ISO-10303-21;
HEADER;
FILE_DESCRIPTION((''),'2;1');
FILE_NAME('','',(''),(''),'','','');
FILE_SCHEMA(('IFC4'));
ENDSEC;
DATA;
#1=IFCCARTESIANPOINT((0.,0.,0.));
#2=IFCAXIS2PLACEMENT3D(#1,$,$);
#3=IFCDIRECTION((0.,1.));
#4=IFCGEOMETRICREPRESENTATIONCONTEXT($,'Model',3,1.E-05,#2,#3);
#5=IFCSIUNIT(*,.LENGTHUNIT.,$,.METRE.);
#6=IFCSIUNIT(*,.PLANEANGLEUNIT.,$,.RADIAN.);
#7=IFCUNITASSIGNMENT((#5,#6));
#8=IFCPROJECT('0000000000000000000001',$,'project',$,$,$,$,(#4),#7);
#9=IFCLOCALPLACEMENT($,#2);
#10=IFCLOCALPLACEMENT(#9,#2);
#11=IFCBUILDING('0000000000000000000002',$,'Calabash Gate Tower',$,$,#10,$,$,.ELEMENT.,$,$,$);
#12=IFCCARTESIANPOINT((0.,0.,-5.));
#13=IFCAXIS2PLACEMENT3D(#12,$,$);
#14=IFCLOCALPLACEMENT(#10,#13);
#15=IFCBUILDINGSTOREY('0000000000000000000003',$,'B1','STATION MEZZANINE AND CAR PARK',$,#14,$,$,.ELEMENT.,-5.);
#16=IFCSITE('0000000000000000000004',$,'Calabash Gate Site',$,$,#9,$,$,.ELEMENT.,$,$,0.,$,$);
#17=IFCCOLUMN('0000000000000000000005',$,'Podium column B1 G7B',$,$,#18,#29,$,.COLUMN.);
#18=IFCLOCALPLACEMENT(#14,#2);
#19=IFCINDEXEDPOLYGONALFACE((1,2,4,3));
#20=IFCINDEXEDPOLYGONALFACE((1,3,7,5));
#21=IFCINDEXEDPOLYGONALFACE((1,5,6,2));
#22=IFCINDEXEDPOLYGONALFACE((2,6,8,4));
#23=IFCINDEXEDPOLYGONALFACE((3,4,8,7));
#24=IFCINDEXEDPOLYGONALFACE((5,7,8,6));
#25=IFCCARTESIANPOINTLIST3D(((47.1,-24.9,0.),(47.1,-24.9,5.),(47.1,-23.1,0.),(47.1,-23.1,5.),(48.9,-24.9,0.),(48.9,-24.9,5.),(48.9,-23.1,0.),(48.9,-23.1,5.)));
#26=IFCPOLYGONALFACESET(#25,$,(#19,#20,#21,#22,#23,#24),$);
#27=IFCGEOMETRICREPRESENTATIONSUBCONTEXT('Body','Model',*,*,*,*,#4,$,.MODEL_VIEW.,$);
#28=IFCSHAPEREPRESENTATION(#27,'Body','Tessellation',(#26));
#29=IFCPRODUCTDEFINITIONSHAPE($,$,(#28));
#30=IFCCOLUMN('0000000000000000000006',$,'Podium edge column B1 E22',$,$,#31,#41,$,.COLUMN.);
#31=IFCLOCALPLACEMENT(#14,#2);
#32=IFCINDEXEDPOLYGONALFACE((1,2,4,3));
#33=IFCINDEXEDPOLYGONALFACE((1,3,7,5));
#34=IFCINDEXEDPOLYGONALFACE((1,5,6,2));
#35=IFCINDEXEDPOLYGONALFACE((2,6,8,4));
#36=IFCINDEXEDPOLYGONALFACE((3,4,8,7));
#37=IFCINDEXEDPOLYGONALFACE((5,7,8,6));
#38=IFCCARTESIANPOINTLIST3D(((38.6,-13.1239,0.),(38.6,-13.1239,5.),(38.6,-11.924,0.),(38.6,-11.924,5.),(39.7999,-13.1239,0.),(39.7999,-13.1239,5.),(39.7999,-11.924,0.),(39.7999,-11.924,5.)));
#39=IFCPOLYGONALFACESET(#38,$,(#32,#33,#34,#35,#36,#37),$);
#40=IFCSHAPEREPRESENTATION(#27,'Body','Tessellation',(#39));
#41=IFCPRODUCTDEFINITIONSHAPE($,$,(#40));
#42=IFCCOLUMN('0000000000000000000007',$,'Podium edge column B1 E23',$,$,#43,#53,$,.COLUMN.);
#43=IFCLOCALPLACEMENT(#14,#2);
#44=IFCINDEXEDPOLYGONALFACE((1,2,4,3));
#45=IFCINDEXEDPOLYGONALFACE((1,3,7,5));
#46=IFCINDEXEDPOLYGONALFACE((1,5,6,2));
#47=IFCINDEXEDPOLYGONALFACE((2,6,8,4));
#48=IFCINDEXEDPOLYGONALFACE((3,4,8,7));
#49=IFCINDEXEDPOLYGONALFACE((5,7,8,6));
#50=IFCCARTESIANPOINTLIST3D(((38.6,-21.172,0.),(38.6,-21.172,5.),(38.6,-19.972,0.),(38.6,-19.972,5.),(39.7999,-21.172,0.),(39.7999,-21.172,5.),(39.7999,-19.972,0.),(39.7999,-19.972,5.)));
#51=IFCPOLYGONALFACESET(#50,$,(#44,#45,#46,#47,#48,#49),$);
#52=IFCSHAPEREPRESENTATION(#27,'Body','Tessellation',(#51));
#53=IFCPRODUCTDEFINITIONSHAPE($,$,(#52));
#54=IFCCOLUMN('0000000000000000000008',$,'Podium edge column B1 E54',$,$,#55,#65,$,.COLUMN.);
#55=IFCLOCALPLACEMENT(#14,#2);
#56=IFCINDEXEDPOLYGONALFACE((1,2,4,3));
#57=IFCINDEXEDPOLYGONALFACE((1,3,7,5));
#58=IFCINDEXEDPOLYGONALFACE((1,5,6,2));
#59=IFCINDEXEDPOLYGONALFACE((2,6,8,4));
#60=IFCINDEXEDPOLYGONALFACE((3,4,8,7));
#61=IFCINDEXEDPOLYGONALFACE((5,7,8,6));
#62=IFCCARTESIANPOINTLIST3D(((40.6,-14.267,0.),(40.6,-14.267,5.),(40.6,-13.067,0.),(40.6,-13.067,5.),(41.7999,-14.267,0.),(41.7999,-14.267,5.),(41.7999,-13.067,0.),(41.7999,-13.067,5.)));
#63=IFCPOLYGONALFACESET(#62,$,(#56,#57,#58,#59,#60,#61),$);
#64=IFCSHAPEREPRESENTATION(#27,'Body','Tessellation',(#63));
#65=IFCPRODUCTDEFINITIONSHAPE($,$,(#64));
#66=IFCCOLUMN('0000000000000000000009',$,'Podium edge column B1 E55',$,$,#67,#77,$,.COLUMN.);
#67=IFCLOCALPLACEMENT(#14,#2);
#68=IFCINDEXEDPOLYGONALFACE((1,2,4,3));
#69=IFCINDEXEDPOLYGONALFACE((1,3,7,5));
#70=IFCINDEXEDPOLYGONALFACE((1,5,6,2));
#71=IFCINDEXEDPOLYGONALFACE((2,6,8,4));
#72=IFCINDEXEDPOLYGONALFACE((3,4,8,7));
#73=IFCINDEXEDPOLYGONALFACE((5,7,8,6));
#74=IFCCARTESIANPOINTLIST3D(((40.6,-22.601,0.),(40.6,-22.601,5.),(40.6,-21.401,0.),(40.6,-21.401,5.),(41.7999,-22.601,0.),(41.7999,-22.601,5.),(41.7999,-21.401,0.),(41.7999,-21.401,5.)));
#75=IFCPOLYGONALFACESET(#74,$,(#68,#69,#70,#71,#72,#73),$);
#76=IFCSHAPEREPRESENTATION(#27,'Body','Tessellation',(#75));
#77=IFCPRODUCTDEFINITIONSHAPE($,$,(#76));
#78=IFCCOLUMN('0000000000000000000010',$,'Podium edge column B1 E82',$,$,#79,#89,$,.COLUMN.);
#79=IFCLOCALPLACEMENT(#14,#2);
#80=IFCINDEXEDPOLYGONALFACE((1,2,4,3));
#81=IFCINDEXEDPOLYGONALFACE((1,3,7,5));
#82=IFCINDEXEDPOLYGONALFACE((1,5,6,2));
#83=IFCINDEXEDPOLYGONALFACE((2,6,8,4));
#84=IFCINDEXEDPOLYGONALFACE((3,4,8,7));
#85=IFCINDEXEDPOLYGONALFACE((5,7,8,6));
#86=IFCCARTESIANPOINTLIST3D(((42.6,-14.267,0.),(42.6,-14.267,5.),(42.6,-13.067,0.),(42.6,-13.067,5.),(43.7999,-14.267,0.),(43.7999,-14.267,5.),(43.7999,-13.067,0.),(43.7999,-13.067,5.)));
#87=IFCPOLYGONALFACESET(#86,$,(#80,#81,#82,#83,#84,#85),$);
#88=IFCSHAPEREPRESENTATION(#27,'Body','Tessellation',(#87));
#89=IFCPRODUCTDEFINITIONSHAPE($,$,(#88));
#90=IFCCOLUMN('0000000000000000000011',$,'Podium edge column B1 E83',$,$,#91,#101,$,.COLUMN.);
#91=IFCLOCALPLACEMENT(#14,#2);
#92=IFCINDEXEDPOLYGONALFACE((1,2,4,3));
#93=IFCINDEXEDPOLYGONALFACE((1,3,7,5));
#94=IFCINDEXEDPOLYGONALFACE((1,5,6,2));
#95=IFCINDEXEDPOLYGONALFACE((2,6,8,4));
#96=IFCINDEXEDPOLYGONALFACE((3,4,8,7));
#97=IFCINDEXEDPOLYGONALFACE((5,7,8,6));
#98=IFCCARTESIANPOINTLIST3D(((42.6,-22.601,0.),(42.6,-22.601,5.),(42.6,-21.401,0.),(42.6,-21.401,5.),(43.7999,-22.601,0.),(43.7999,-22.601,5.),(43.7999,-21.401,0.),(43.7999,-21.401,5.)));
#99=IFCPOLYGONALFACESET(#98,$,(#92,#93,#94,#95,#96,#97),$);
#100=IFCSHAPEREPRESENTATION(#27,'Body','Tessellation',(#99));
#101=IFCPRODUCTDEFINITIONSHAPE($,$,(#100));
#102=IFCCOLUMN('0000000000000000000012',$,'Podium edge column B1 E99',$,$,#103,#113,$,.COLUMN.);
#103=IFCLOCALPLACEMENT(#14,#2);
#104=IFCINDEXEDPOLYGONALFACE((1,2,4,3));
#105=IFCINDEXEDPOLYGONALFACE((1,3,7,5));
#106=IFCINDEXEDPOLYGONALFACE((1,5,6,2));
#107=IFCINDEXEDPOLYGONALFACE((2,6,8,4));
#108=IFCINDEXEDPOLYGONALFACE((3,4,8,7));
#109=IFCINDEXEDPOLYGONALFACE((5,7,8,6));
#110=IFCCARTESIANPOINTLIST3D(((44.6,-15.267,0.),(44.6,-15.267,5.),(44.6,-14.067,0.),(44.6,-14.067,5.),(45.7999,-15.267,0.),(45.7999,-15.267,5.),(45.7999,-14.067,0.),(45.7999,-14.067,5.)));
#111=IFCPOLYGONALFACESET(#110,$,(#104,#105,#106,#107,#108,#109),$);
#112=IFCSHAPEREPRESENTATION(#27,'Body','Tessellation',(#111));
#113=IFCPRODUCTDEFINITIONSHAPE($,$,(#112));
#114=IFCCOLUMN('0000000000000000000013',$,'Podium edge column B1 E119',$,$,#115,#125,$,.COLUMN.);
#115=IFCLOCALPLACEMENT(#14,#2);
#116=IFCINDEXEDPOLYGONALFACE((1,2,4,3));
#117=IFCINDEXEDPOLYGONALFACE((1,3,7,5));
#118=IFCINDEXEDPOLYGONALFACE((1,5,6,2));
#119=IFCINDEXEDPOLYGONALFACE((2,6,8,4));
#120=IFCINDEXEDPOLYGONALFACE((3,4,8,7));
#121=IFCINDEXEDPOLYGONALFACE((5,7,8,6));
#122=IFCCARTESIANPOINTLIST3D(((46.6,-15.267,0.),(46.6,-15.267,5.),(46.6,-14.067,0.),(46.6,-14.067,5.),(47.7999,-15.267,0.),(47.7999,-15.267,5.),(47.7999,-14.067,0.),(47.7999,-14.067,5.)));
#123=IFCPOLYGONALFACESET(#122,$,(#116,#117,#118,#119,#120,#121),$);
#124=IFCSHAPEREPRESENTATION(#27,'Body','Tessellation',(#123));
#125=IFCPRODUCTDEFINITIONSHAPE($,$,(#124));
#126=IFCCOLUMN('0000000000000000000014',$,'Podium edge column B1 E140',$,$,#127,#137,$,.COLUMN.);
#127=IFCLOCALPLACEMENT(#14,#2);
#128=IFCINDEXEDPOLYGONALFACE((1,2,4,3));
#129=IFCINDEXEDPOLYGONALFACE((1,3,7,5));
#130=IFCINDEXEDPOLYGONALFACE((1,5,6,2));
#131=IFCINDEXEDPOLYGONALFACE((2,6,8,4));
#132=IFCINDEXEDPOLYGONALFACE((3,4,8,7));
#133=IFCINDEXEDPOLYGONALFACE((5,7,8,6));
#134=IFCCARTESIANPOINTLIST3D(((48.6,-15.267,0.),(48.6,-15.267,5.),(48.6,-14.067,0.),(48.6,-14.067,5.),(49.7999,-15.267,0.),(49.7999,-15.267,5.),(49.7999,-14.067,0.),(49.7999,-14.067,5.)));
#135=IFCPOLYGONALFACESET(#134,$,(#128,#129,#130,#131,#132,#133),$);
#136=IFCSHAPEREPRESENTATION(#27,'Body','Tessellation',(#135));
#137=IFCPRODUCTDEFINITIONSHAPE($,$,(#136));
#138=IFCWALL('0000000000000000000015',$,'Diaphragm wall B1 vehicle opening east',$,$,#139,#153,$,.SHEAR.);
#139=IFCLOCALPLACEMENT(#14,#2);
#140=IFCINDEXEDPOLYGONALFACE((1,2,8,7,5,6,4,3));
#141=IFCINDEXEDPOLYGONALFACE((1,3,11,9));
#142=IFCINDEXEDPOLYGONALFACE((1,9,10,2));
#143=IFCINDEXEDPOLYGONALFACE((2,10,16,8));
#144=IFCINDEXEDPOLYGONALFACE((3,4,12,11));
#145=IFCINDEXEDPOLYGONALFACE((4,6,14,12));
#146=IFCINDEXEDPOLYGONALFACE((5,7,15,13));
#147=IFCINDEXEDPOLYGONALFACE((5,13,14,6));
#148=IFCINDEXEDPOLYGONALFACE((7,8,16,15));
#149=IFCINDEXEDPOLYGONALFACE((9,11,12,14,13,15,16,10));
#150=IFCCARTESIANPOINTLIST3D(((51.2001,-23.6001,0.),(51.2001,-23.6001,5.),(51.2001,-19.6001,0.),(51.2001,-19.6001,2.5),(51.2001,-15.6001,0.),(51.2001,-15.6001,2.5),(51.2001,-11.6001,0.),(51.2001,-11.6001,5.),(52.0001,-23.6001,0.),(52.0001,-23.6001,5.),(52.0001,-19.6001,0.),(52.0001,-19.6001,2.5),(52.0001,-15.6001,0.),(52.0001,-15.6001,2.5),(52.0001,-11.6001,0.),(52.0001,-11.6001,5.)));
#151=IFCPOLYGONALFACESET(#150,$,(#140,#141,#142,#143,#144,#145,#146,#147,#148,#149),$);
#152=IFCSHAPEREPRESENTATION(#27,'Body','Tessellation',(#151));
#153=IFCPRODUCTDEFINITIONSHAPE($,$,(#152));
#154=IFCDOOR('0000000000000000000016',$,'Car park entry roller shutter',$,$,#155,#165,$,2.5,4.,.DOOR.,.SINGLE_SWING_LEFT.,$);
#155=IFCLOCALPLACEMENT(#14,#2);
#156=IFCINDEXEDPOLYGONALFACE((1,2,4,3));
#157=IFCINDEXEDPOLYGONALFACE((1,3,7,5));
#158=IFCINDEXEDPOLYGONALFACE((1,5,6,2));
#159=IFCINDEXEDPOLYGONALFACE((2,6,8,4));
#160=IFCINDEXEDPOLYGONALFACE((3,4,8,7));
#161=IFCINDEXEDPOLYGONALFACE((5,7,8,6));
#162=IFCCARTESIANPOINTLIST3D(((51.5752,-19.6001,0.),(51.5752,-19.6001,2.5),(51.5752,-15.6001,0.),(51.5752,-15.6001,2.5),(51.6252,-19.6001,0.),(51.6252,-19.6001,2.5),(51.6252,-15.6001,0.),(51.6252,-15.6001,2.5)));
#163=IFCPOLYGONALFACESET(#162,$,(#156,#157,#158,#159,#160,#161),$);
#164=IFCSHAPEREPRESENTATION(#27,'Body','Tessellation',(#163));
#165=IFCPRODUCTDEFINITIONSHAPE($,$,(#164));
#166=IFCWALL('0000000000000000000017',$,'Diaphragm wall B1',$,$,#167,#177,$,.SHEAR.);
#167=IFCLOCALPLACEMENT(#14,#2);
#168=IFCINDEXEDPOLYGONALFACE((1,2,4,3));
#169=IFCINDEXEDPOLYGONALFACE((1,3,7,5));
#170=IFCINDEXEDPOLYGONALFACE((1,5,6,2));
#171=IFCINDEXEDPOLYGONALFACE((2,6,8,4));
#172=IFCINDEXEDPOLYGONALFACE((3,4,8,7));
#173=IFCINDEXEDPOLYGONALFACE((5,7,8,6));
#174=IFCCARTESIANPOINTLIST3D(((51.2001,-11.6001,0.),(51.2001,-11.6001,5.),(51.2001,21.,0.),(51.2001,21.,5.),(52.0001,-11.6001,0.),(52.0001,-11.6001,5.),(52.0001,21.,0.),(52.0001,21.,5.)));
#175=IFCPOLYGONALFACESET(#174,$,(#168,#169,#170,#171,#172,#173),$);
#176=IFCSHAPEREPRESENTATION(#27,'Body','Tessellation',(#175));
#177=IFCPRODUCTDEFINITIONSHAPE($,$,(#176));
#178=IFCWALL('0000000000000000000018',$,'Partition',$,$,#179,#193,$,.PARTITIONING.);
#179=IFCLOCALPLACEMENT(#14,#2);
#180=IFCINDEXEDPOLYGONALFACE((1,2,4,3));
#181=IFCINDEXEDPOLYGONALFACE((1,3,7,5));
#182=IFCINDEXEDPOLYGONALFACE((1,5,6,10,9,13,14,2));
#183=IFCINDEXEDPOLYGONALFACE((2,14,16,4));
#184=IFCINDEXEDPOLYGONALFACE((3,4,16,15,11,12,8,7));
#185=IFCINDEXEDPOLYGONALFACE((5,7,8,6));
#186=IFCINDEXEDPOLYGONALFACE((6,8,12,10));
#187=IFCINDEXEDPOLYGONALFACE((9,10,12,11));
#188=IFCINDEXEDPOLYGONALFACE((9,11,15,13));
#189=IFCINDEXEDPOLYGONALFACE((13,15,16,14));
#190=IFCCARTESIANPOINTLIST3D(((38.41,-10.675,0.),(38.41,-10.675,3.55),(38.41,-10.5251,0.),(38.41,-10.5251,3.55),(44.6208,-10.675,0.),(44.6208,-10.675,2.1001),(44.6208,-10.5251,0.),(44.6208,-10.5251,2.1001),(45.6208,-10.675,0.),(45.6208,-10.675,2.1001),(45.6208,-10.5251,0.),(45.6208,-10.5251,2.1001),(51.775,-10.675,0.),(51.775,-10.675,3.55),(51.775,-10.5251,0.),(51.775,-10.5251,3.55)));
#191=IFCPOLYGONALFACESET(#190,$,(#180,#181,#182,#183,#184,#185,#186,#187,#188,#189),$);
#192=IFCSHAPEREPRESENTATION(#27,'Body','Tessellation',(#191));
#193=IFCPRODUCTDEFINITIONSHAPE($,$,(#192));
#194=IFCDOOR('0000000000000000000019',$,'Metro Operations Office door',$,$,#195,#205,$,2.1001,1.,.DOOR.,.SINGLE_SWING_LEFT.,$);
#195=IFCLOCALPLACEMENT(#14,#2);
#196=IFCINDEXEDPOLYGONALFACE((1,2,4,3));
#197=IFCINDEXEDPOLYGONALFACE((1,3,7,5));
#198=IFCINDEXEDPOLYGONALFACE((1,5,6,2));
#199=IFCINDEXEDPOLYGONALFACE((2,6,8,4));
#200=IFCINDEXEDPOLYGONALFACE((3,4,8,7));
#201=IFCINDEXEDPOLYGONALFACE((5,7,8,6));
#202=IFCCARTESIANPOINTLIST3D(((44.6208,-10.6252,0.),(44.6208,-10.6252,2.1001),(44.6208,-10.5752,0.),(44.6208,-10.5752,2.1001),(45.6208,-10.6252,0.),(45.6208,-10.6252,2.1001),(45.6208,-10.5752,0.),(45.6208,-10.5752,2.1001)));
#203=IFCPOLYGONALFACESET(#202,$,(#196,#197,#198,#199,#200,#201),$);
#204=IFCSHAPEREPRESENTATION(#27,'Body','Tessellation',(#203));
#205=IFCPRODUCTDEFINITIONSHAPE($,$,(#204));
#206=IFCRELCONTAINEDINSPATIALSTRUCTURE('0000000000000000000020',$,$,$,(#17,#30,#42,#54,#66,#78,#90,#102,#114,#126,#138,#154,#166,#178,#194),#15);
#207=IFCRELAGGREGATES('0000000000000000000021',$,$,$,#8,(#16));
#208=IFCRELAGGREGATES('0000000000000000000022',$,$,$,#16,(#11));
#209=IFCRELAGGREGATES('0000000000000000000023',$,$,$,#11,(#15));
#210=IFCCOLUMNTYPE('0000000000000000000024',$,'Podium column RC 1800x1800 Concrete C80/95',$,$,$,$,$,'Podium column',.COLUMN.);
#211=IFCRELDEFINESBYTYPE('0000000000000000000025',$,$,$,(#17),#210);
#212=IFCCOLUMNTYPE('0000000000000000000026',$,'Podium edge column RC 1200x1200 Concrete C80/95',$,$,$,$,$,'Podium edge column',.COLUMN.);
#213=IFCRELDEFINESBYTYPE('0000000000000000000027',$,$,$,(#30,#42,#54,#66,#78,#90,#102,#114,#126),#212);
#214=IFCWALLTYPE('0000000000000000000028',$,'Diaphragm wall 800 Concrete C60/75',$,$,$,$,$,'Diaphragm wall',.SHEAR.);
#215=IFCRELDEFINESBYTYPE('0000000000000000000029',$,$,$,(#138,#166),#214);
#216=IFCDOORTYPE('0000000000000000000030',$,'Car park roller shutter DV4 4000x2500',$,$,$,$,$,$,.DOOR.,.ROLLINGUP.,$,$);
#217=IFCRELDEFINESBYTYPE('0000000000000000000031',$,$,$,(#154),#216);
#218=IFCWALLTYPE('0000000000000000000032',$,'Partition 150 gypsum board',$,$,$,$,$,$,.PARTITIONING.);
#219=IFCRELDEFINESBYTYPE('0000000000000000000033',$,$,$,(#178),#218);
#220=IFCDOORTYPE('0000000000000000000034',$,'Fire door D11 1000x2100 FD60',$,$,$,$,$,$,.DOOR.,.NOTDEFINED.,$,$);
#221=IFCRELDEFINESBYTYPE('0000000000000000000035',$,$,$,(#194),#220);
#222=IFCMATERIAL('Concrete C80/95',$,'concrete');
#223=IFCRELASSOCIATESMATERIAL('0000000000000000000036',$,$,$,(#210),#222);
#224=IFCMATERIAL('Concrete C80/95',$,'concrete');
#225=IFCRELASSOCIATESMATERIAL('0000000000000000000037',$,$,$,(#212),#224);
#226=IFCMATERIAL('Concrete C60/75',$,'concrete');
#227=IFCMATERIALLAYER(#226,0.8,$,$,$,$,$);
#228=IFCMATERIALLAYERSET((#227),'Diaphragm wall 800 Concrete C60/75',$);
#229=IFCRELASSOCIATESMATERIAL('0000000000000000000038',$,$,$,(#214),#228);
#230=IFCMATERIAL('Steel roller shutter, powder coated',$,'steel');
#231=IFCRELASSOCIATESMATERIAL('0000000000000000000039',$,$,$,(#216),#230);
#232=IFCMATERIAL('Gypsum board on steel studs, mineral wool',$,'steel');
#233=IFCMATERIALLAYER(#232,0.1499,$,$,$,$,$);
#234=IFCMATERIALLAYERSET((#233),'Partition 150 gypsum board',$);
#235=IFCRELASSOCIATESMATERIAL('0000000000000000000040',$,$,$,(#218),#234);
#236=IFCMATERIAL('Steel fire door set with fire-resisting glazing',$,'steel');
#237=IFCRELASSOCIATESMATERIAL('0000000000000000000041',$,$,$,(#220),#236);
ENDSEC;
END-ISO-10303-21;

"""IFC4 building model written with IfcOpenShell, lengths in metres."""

from ifc_helpers import new_model, si_unit, direction, frame, frame_2d, origin, origin_2d, place, context, subcontext, project, spatial, rectangle, extrude, material, layer, layer_set, material_profile, profile_set, type_object, element, fill, save


model = new_model("IFC4")

# Units and contexts
model_context = context("Model", 3, precision=1e-05, world=origin(), true_north=direction((0.0, 1.0)))
body_context = subcontext(model_context, "Body", "Model", "MODEL_VIEW")
ifc_project = project(units=[si_unit("LENGTHUNIT", "METRE"), si_unit("PLANEANGLEUNIT", "RADIAN")], contexts=[model_context])

# Site, building, storey
site_placement = place(None, origin())
site = spatial("IfcSite", under=ifc_project, at=site_placement, Name="Calabash Gate Site", CompositionType="ELEMENT", RefElevation=0.0)
building_placement = place(site_placement, origin())
building = spatial("IfcBuilding", under=site, at=building_placement, Name="Calabash Gate Tower", CompositionType="ELEMENT")
storey_placement = place(building_placement, frame((0.0, 0.0, -5.0)))
storey = spatial("IfcBuildingStorey", under=building, at=storey_placement, Name="B1", Description="STATION MEZZANINE AND CAR PARK", CompositionType="ELEMENT", Elevation=-5.0)

# Columns
ifc_material_1 = material(Name="Concrete C80/95", Category="concrete")
ifc_material_profile_1 = material_profile(ifc_material_1, rectangle(XDim=1.8, YDim=1.8, at=origin_2d()))
ifc_profile_set_1 = profile_set([ifc_material_profile_1], Name="Concrete C80/95")
column_type_1 = type_object("IfcColumnType", Name="Podium column RC 1800x1800 Concrete C80/95", ElementType="Podium column", PredefinedType="COLUMN", material=ifc_profile_set_1)
column_placement = place(storey_placement, frame((48.0, -24.0, 0.0), z_axis=(0.0, 0.0, 1.0), x_axis=(1.0, 0.0, 0.0)))
element("IfcColumn", 1, at=column_placement, inside=storey, type_object=column_type_1, Name="Podium column B1 G7B", PredefinedType="COLUMN", context=body_context, shape_type="SweptSolid", body=[
    extrude(rectangle(XDim=1.8, YDim=1.8, at=origin_2d()), origin(), (0.0, 0.0, 1.0), 5.0),
])
ifc_material_2 = material(Name="Concrete C80/95", Category="concrete")
ifc_material_profile_2 = material_profile(ifc_material_2, rectangle(XDim=1.2, YDim=1.2, at=origin_2d()))
ifc_profile_set_2 = profile_set([ifc_material_profile_2], Name="Concrete C80/95")
column_type_2 = type_object("IfcColumnType", Name="Podium edge column RC 1200x1200 Concrete C80/95", ElementType="Podium edge column", PredefinedType="COLUMN", material=ifc_profile_set_2)
for number, where, z_axis, x_axis, name in (
    (2, (39.2, -12.5239, 0.0), (0.0, 0.0, 1.0), (1.0, 0.0, 0.0), "Podium edge column B1 E22"),
    (3, (39.2, -20.572, 0.0), (0.0, 0.0, 1.0), (1.0, 0.0, 0.0), "Podium edge column B1 E23"),
    (4, (41.2, -13.667, 0.0), (0.0, 0.0, 1.0), (1.0, 0.0, 0.0), "Podium edge column B1 E54"),
    (5, (41.2, -22.001, 0.0), (0.0, 0.0, 1.0), (1.0, 0.0, 0.0), "Podium edge column B1 E55"),
    (6, (43.2, -13.667, 0.0), (0.0, 0.0, 1.0), (1.0, 0.0, 0.0), "Podium edge column B1 E82"),
    (7, (43.2, -22.001, 0.0), (0.0, 0.0, 1.0), (1.0, 0.0, 0.0), "Podium edge column B1 E83"),
    (8, (45.2, -14.667, 0.0), (0.0, 0.0, 1.0), (1.0, 0.0, 0.0), "Podium edge column B1 E99"),
    (9, (47.2, -14.667, 0.0), (0.0, 0.0, 1.0), (1.0, 0.0, 0.0), "Podium edge column B1 E119"),
    (10, (49.2, -14.667, 0.0), (0.0, 0.0, 1.0), (1.0, 0.0, 0.0), "Podium edge column B1 E140"),
):
    element("IfcColumn", number, at=place(storey_placement, frame(where, z_axis=z_axis, x_axis=x_axis)), inside=storey, type_object=column_type_2, Name=name, PredefinedType="COLUMN", context=body_context, shape_type="SweptSolid", body=[
        extrude(rectangle(XDim=1.2, YDim=1.2, at=origin_2d()), origin(), (0.0, 0.0, 1.0), 5.0),
    ])

# Wall, opening, door
ifc_material_3 = material(Name="Concrete C60/75", Category="concrete")
ifc_layer_1 = layer(ifc_material_3, 0.8)
ifc_layer_set_1 = layer_set([ifc_layer_1], Name="Diaphragm wall 800 Concrete C60/75")
wall_type_1 = type_object("IfcWallType", Name="Diaphragm wall 800 Concrete C60/75", ElementType="Diaphragm wall", PredefinedType="SHEAR", material=ifc_layer_set_1)
wall_1_placement = place(storey_placement, frame((51.6001, -23.6001, 0.0), z_axis=(0.0, 0.0, 1.0), x_axis=(0.0, 1.0, 0.0)))
wall_1 = element("IfcWall", 11, at=wall_1_placement, inside=storey, type_object=wall_type_1, Name="Diaphragm wall B1 vehicle opening east", PredefinedType="SHEAR", context=body_context, shape_type="SweptSolid", body=[
    extrude(rectangle(XDim=12.0, YDim=0.8, at=frame_2d((6.0, 0.0))), origin(), (0.0, 0.0, 1.0), 5.0),
])
opening_1_placement = place(wall_1_placement, frame((4.0, 0.0, 0.0)))
opening_1 = element("IfcOpeningElement", 12, at=opening_1_placement, cuts=wall_1, PredefinedType="OPENING", context=body_context, shape_type="SweptSolid", body=[
    extrude(rectangle(XDim=4.0, YDim=2.5, at=frame_2d((2.0, 1.25))), frame((0.0, 0.4099, 0.0), z_axis=(0.0, -1.0, 0.0), x_axis=(1.0, 0.0, 0.0)), (0.0, 0.0, 1.0), 0.8201),
])
ifc_material_4 = material(Name="Steel roller shutter, powder coated", Category="steel")
door_type_1 = type_object("IfcDoorType", Name="Car park roller shutter DV4 4000x2500", OperationType="ROLLINGUP", PredefinedType="DOOR", material=ifc_material_4)
door_1_placement = place(opening_1_placement, origin())
door_1 = element("IfcDoor", 13, at=door_1_placement, inside=storey, type_object=door_type_1, Name="Car park entry roller shutter", OperationType="SINGLE_SWING_LEFT", OverallHeight=2.5, OverallWidth=4.0, PredefinedType="DOOR", context=body_context, shape_type="SweptSolid", body=[
    extrude(rectangle(XDim=4.0, YDim=2.5, at=frame_2d((2.0, 1.25))), frame((0.0, 0.0249, 0.0), z_axis=(0.0, -1.0, 0.0), x_axis=(1.0, 0.0, 0.0)), (0.0, 0.0, 1.0), 0.05),
])
fill(opening_1, door_1)

# Wall
wall_2_placement = place(storey_placement, frame((51.6001, -11.6001, 0.0), z_axis=(0.0, 0.0, 1.0), x_axis=(0.0, 1.0, 0.0)))
element("IfcWall", 14, at=wall_2_placement, inside=storey, type_object=wall_type_1, Name="Diaphragm wall B1", PredefinedType="SHEAR", context=body_context, shape_type="SweptSolid", body=[
    extrude(rectangle(XDim=32.6001, YDim=0.8, at=frame_2d((16.3, 0.0))), origin(), (0.0, 0.0, 1.0), 5.0),
])

# Wall, opening, door
ifc_material_5 = material(Name="Gypsum board on steel studs, mineral wool", Category="steel")
ifc_layer_2 = layer(ifc_material_5, 0.1499)
ifc_layer_set_2 = layer_set([ifc_layer_2], Name="Partition 150 gypsum board")
wall_type_2 = type_object("IfcWallType", Name="Partition 150 gypsum board", PredefinedType="PARTITIONING", material=ifc_layer_set_2)
wall_3_placement = place(storey_placement, frame((38.4099, -10.6001, 0.0), z_axis=(0.0, 0.0, 1.0), x_axis=(1.0, 0.0, 0.0)))
wall_3 = element("IfcWall", 15, at=wall_3_placement, inside=storey, type_object=wall_type_2, Name="Partition", PredefinedType="PARTITIONING", context=body_context, shape_type="SweptSolid", body=[
    extrude(rectangle(XDim=13.365, YDim=0.1499, at=frame_2d((6.6826, 0.0))), origin(), (0.0, 0.0, 1.0), 3.55),
])
opening_2_placement = place(wall_3_placement, frame((6.2109, 0.0, 0.0)))
opening_2 = element("IfcOpeningElement", 16, at=opening_2_placement, cuts=wall_3, PredefinedType="OPENING", context=body_context, shape_type="SweptSolid", body=[
    extrude(rectangle(XDim=1.0, YDim=2.1001, at=frame_2d((0.5, 1.05))), frame((0.0, 0.085, 0.0), z_axis=(0.0, -1.0, 0.0), x_axis=(1.0, 0.0, 0.0)), (0.0, 0.0, 1.0), 0.1699),
])
ifc_material_6 = material(Name="Steel fire door set with fire-resisting glazing", Category="steel")
door_type_2 = type_object("IfcDoorType", Name="Fire door D11 1000x2100 FD60", OperationType="NOTDEFINED", PredefinedType="DOOR", material=ifc_material_6)
door_2_placement = place(opening_2_placement, origin())
door_2 = element("IfcDoor", 17, at=door_2_placement, inside=storey, type_object=door_type_2, Name="Metro Operations Office door", OperationType="SINGLE_SWING_LEFT", OverallHeight=2.1001, OverallWidth=1.0, PredefinedType="DOOR", context=body_context, shape_type="SweptSolid", body=[
    extrude(rectangle(XDim=1.0, YDim=2.1001, at=frame_2d((0.5, 1.05))), frame((0.0, 0.0249, 0.0), z_axis=(0.0, -1.0, 0.0), x_axis=(1.0, 0.0, 0.0)), (0.0, 0.0, 1.0), 0.05),
])
fill(opening_2, door_2)

save(model, "model.ifc")
